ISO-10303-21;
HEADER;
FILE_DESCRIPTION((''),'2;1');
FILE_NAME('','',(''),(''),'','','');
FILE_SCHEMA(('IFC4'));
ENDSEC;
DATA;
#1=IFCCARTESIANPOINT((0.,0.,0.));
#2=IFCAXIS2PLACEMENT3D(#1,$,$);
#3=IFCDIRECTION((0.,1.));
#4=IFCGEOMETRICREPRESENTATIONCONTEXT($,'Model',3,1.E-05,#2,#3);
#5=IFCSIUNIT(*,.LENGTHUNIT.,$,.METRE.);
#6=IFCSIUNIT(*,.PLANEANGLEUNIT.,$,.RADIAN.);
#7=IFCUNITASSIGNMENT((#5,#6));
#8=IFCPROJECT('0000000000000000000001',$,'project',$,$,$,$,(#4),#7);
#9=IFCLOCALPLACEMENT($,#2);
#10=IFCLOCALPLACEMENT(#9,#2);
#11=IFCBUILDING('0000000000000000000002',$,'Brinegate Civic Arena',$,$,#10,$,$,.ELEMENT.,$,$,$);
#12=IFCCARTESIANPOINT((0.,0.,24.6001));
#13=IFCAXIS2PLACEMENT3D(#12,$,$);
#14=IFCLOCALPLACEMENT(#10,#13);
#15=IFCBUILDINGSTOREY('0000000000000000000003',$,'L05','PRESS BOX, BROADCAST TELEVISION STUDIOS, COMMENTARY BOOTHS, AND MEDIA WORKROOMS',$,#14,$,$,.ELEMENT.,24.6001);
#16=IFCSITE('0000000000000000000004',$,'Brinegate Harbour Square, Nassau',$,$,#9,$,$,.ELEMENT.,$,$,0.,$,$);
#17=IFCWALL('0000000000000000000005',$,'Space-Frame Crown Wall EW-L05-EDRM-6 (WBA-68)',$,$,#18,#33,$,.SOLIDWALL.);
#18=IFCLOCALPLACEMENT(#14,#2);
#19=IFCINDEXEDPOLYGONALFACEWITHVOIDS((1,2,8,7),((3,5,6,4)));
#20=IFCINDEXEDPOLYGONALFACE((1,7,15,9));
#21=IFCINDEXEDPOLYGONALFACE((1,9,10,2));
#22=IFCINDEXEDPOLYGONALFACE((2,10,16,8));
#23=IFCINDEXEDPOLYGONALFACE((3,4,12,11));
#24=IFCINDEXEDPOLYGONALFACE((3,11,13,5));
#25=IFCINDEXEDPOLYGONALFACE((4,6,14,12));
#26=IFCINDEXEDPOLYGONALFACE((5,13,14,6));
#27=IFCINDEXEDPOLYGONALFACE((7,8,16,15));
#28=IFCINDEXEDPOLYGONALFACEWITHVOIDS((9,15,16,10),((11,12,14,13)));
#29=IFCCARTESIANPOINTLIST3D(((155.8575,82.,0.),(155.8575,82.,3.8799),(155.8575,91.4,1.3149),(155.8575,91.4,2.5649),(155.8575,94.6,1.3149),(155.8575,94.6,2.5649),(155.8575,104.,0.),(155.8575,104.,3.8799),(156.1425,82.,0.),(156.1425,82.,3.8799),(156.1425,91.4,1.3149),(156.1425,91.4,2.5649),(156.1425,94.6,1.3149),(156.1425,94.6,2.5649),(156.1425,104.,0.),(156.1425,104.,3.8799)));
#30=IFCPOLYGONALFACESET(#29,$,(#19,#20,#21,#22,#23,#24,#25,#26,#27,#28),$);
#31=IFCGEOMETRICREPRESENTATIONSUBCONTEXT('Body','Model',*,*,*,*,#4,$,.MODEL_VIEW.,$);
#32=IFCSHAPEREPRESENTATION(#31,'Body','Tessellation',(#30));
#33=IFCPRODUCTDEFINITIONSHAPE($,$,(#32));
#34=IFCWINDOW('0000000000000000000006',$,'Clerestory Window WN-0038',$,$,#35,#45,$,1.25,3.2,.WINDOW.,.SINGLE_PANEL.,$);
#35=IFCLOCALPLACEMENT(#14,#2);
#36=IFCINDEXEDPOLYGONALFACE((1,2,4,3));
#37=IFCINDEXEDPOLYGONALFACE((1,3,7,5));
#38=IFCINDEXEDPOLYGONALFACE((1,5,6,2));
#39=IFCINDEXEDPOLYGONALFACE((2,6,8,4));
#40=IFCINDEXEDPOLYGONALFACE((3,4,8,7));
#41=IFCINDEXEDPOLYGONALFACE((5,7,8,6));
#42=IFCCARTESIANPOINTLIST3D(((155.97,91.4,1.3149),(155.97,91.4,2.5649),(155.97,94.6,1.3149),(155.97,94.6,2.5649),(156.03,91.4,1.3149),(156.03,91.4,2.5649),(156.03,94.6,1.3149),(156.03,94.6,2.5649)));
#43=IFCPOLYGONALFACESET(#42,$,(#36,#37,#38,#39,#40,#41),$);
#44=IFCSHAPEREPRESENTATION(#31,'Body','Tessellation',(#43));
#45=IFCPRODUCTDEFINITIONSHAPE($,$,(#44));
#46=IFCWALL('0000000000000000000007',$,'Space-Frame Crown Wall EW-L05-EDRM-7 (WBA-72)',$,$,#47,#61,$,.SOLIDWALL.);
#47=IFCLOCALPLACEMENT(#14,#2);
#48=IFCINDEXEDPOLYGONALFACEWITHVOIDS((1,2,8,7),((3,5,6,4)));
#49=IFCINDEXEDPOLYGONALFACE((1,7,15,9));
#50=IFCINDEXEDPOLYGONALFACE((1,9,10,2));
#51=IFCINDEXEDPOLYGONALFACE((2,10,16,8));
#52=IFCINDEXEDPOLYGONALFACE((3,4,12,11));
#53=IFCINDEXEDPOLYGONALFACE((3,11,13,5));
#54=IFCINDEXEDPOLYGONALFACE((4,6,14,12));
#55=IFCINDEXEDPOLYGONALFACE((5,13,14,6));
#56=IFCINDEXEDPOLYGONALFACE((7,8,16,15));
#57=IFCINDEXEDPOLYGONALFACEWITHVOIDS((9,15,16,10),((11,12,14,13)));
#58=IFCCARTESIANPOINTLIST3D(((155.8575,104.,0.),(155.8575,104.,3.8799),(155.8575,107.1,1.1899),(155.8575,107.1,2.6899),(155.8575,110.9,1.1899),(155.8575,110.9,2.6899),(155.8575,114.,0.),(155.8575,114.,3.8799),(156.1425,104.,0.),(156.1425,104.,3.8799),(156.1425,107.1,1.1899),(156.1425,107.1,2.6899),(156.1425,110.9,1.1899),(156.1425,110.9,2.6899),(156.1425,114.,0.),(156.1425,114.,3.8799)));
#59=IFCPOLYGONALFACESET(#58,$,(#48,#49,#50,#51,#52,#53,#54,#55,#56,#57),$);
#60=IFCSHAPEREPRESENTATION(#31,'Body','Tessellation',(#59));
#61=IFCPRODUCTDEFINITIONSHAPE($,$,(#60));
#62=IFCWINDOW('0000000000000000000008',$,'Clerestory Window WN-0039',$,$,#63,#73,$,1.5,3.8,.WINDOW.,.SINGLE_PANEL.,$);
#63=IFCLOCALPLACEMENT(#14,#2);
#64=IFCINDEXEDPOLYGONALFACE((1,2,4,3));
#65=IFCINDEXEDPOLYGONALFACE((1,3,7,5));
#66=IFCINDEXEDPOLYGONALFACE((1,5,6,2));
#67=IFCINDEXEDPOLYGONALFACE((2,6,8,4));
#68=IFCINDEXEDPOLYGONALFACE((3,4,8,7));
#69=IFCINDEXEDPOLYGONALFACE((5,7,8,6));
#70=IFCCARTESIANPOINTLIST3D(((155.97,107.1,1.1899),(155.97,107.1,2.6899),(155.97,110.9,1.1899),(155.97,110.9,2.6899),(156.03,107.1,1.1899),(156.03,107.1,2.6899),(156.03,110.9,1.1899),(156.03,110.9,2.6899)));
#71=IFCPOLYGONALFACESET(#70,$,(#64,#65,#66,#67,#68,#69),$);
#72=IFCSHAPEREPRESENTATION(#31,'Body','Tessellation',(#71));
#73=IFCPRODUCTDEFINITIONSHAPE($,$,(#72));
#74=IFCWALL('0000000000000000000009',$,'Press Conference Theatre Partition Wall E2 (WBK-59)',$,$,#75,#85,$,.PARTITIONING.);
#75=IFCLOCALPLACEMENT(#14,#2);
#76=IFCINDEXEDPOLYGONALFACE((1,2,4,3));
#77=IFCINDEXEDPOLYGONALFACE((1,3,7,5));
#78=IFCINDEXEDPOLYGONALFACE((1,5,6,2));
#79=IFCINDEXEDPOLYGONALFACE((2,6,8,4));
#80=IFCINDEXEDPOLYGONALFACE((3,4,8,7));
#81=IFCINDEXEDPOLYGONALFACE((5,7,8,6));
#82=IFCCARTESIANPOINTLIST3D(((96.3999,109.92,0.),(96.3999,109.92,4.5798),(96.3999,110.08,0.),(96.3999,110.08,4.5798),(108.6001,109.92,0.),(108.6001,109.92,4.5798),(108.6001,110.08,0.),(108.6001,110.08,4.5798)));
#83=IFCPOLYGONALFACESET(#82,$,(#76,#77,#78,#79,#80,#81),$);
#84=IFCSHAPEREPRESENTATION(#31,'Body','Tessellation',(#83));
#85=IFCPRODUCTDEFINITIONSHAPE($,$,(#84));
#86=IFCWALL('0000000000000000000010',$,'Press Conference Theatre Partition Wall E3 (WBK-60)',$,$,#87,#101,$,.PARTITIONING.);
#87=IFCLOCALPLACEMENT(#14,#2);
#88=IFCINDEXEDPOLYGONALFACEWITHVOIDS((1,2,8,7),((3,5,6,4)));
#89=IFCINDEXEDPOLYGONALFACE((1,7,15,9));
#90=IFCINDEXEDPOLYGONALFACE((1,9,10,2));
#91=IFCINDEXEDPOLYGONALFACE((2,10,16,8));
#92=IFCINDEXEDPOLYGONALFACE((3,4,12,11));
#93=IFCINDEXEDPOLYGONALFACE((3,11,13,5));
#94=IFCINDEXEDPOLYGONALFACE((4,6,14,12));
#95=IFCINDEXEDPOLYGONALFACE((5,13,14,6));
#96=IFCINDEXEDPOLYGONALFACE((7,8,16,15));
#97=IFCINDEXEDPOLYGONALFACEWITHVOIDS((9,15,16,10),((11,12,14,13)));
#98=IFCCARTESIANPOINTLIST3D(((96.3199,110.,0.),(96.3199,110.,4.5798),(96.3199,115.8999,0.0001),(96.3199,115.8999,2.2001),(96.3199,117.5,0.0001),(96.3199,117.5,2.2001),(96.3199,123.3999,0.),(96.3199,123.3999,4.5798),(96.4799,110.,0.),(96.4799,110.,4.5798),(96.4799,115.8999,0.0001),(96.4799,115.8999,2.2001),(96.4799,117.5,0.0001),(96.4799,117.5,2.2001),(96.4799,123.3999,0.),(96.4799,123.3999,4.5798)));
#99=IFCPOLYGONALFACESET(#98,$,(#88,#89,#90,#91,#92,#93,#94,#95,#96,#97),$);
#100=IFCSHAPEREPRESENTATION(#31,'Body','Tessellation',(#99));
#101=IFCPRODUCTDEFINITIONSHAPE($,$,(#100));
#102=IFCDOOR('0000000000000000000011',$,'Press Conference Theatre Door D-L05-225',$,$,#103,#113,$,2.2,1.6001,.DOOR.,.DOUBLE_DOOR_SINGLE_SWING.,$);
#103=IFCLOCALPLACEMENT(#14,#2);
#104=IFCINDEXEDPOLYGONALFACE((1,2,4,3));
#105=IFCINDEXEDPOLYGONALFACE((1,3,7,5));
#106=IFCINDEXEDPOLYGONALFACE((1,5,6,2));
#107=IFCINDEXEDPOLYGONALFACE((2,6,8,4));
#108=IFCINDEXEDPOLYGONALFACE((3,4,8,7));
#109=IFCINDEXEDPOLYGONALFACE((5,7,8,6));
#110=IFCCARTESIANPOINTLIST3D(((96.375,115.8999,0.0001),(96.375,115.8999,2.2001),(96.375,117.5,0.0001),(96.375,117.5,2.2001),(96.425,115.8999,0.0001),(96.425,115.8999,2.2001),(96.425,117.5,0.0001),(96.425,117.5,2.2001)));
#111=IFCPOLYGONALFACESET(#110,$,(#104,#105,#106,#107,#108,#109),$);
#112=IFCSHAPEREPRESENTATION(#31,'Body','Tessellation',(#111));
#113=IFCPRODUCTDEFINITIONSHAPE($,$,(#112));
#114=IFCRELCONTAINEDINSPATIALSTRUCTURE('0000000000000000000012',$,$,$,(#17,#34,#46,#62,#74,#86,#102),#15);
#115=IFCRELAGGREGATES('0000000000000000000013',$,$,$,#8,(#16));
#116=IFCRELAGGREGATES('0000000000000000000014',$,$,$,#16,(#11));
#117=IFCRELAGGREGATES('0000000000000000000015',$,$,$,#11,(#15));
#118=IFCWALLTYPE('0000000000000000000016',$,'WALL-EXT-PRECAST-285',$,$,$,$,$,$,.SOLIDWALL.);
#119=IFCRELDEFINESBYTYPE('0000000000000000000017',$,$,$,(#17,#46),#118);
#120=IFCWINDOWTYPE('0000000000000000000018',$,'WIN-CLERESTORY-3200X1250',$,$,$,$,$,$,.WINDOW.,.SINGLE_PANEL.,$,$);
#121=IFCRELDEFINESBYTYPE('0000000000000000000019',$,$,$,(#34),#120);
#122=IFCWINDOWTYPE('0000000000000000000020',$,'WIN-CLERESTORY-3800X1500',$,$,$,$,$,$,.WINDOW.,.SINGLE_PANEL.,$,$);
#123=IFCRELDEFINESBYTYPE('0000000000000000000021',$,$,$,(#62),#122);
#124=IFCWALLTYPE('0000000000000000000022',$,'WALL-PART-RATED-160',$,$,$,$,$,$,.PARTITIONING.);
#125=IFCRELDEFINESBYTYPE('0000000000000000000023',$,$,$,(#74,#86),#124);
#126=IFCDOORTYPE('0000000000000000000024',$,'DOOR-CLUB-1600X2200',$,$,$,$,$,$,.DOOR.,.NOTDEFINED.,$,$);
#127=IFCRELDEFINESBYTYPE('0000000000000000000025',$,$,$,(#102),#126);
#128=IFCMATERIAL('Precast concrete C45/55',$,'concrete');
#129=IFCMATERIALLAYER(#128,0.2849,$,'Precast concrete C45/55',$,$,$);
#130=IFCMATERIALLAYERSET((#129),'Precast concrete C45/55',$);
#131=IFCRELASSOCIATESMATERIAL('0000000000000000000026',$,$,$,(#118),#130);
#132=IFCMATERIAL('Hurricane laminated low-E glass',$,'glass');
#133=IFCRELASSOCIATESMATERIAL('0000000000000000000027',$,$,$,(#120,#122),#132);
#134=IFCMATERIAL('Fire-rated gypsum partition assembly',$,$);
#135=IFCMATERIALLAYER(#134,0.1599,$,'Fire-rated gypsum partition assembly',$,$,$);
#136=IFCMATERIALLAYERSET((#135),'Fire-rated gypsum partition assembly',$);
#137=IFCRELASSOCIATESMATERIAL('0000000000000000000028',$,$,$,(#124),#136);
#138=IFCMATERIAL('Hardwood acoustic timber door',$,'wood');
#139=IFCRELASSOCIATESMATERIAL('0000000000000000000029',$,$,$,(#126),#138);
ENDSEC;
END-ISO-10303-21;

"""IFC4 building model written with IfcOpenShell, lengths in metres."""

from ifc_helpers import new_model, si_unit, direction, frame, frame_2d, origin, place, context, subcontext, project, spatial, rectangle, extrude, material, layer, layer_set, type_object, element, fill, save


model = new_model("IFC4")

# Units and contexts
model_context = context("Model", 3, precision=1e-05, world=origin(), true_north=direction((0.0, 1.0)))
body_context = subcontext(model_context, "Body", "Model", "MODEL_VIEW")
ifc_project = project(units=[si_unit("LENGTHUNIT", "METRE"), si_unit("PLANEANGLEUNIT", "RADIAN")], contexts=[model_context])

# Site, building, storey
site_placement = place(None, origin())
site = spatial("IfcSite", under=ifc_project, at=site_placement, Name="Brinegate Harbour Square, Nassau", CompositionType="ELEMENT", RefElevation=0.0)
building_placement = place(site_placement, origin())
building = spatial("IfcBuilding", under=site, at=building_placement, Name="Brinegate Civic Arena", CompositionType="ELEMENT")
storey_placement = place(building_placement, frame((0.0, 0.0, 24.6001)))
storey = spatial("IfcBuildingStorey", under=building, at=storey_placement, Name="L05", Description="PRESS BOX, BROADCAST TELEVISION STUDIOS, COMMENTARY BOOTHS, AND MEDIA WORKROOMS", CompositionType="ELEMENT", Elevation=24.6001)

# Walls, openings, windows
ifc_material_1 = material(Name="Precast concrete C45/55", Category="concrete")
ifc_layer_1 = layer(ifc_material_1, 0.2849, Name="Precast concrete C45/55")
ifc_layer_set_1 = layer_set([ifc_layer_1], Name="Precast concrete C45/55")
wall_type_1 = type_object("IfcWallType", Name="WALL-EXT-PRECAST-285", PredefinedType="SOLIDWALL", material=ifc_layer_set_1)
ifc_material_2 = material(Name="Hurricane laminated low-E glass", Category="glass")
wall_1_placement = place(storey_placement, frame((156.0, 82.0, 0.0), z_axis=(0.0, 0.0, 1.0), x_axis=(0.0, 1.0, 0.0)))
wall_1 = element("IfcWall", 1, at=wall_1_placement, inside=storey, type_object=wall_type_1, Name="Space-Frame Crown Wall EW-L05-EDRM-6 (WBA-68)", PredefinedType="SOLIDWALL", context=body_context, shape_type="SweptSolid", body=[
    extrude(rectangle(XDim=22.0, YDim=0.2849, at=frame_2d((11.0, 0.0))), origin(), (0.0, 0.0, 1.0), 3.8799),
])
opening_1_placement = place(wall_1_placement, frame((9.3999, 0.0, 1.3149)))
opening_1 = element("IfcOpeningElement", 2, at=opening_1_placement, cuts=wall_1, PredefinedType="OPENING", context=body_context, shape_type="SweptSolid", body=[
    extrude(rectangle(XDim=3.2, YDim=1.25, at=frame_2d((1.6001, 0.625))), frame((0.0, 0.1523, 0.0), z_axis=(0.0, -1.0, 0.0), x_axis=(1.0, 0.0, 0.0)), (0.0, 0.0, 1.0), 0.3049),
])
window_type_1 = type_object("IfcWindowType", Name="WIN-CLERESTORY-3200X1250", PartitioningType="SINGLE_PANEL", PredefinedType="WINDOW", material=ifc_material_2)
window_1_placement = place(opening_1_placement, origin())
window_1 = element("IfcWindow", 3, at=window_1_placement, inside=storey, type_object=window_type_1, Name="Clerestory Window WN-0038", OverallHeight=1.25, OverallWidth=3.2, PartitioningType="SINGLE_PANEL", PredefinedType="WINDOW", context=body_context, shape_type="SweptSolid", body=[
    extrude(rectangle(XDim=3.2, YDim=1.25, at=frame_2d((1.6001, 0.625))), frame((0.0, 0.03, 0.0), z_axis=(0.0, -1.0, 0.0), x_axis=(1.0, 0.0, 0.0)), (0.0, 0.0, 1.0), 0.0601),
])
fill(opening_1, window_1)
wall_2_placement = place(storey_placement, frame((156.0, 104.0, 0.0), z_axis=(0.0, 0.0, 1.0), x_axis=(0.0, 1.0, 0.0)))
wall_2 = element("IfcWall", 4, at=wall_2_placement, inside=storey, type_object=wall_type_1, Name="Space-Frame Crown Wall EW-L05-EDRM-7 (WBA-72)", PredefinedType="SOLIDWALL", context=body_context, shape_type="SweptSolid", body=[
    extrude(rectangle(XDim=10.0, YDim=0.2849, at=frame_2d((5.0, 0.0))), origin(), (0.0, 0.0, 1.0), 3.8799),
])
opening_2_placement = place(wall_2_placement, frame((3.1001, 0.0, 1.1899)))
opening_2 = element("IfcOpeningElement", 5, at=opening_2_placement, cuts=wall_2, PredefinedType="OPENING", context=body_context, shape_type="SweptSolid", body=[
    extrude(rectangle(XDim=3.8, YDim=1.5, at=frame_2d((1.8999, 0.75))), frame((0.0, 0.1523, 0.0), z_axis=(0.0, -1.0, 0.0), x_axis=(1.0, 0.0, 0.0)), (0.0, 0.0, 1.0), 0.3049),
])
window_type_2 = type_object("IfcWindowType", Name="WIN-CLERESTORY-3800X1500", PartitioningType="SINGLE_PANEL", PredefinedType="WINDOW", material=ifc_material_2)
window_2_placement = place(opening_2_placement, origin())
window_2 = element("IfcWindow", 6, at=window_2_placement, inside=storey, type_object=window_type_2, Name="Clerestory Window WN-0039", OverallHeight=1.5, OverallWidth=3.8, PartitioningType="SINGLE_PANEL", PredefinedType="WINDOW", context=body_context, shape_type="SweptSolid", body=[
    extrude(rectangle(XDim=3.8, YDim=1.5, at=frame_2d((1.8999, 0.75))), frame((0.0, 0.03, 0.0), z_axis=(0.0, -1.0, 0.0), x_axis=(1.0, 0.0, 0.0)), (0.0, 0.0, 1.0), 0.0601),
])
fill(opening_2, window_2)

# Wall
ifc_material_3 = material(Name="Fire-rated gypsum partition assembly")
ifc_layer_2 = layer(ifc_material_3, 0.1599, Name="Fire-rated gypsum partition assembly")
ifc_layer_set_2 = layer_set([ifc_layer_2], Name="Fire-rated gypsum partition assembly")
wall_type_2 = type_object("IfcWallType", Name="WALL-PART-RATED-160", PredefinedType="PARTITIONING", material=ifc_layer_set_2)
wall_3_placement = place(storey_placement, frame((108.6001, 110.0, 0.0), z_axis=(0.0, 0.0, 1.0), x_axis=(-1.0, 0.0, 0.0)))
element("IfcWall", 7, at=wall_3_placement, inside=storey, type_object=wall_type_2, Name="Press Conference Theatre Partition Wall E2 (WBK-59)", PredefinedType="PARTITIONING", context=body_context, shape_type="SweptSolid", body=[
    extrude(rectangle(XDim=12.2002, YDim=0.1599, at=frame_2d((6.1001, 0.0))), origin(), (0.0, 0.0, 1.0), 4.5798),
])

# Wall, opening, door
wall_4_placement = place(storey_placement, frame((96.3999, 110.0, 0.0), z_axis=(0.0, 0.0, 1.0), x_axis=(0.0, 1.0, 0.0)))
wall_4 = element("IfcWall", 8, at=wall_4_placement, inside=storey, type_object=wall_type_2, Name="Press Conference Theatre Partition Wall E3 (WBK-60)", PredefinedType="PARTITIONING", context=body_context, shape_type="SweptSolid", body=[
    extrude(rectangle(XDim=13.3999, YDim=0.1599, at=frame_2d((6.7, 0.0))), origin(), (0.0, 0.0, 1.0), 4.5798),
])
opening_3_placement = place(wall_4_placement, frame((5.8999, 0.0, 0.0)))
opening_3 = element("IfcOpeningElement", 9, at=opening_3_placement, cuts=wall_4, PredefinedType="OPENING", context=body_context, shape_type="SweptSolid", body=[
    extrude(rectangle(XDim=1.6001, YDim=2.2, at=frame_2d((0.8, 1.1001))), frame((0.0, 0.0898, 0.0), z_axis=(0.0, -1.0, 0.0), x_axis=(1.0, 0.0, 0.0)), (0.0, 0.0, 1.0), 0.1799),
])
ifc_material_4 = material(Name="Hardwood acoustic timber door", Category="wood")
door_type = type_object("IfcDoorType", Name="DOOR-CLUB-1600X2200", OperationType="NOTDEFINED", PredefinedType="DOOR", material=ifc_material_4)
door_placement = place(opening_3_placement, origin())
door = element("IfcDoor", 10, at=door_placement, inside=storey, type_object=door_type, Name="Press Conference Theatre Door D-L05-225", OperationType="DOUBLE_DOOR_SINGLE_SWING", OverallHeight=2.2, OverallWidth=1.6001, PredefinedType="DOOR", context=body_context, shape_type="SweptSolid", body=[
    extrude(rectangle(XDim=1.6001, YDim=2.2, at=frame_2d((0.8, 1.1001))), frame((0.0, 0.0249, 0.0), z_axis=(0.0, -1.0, 0.0), x_axis=(1.0, 0.0, 0.0)), (0.0, 0.0, 1.0), 0.05),
])
fill(opening_3, door)

save(model, "model.ifc")
